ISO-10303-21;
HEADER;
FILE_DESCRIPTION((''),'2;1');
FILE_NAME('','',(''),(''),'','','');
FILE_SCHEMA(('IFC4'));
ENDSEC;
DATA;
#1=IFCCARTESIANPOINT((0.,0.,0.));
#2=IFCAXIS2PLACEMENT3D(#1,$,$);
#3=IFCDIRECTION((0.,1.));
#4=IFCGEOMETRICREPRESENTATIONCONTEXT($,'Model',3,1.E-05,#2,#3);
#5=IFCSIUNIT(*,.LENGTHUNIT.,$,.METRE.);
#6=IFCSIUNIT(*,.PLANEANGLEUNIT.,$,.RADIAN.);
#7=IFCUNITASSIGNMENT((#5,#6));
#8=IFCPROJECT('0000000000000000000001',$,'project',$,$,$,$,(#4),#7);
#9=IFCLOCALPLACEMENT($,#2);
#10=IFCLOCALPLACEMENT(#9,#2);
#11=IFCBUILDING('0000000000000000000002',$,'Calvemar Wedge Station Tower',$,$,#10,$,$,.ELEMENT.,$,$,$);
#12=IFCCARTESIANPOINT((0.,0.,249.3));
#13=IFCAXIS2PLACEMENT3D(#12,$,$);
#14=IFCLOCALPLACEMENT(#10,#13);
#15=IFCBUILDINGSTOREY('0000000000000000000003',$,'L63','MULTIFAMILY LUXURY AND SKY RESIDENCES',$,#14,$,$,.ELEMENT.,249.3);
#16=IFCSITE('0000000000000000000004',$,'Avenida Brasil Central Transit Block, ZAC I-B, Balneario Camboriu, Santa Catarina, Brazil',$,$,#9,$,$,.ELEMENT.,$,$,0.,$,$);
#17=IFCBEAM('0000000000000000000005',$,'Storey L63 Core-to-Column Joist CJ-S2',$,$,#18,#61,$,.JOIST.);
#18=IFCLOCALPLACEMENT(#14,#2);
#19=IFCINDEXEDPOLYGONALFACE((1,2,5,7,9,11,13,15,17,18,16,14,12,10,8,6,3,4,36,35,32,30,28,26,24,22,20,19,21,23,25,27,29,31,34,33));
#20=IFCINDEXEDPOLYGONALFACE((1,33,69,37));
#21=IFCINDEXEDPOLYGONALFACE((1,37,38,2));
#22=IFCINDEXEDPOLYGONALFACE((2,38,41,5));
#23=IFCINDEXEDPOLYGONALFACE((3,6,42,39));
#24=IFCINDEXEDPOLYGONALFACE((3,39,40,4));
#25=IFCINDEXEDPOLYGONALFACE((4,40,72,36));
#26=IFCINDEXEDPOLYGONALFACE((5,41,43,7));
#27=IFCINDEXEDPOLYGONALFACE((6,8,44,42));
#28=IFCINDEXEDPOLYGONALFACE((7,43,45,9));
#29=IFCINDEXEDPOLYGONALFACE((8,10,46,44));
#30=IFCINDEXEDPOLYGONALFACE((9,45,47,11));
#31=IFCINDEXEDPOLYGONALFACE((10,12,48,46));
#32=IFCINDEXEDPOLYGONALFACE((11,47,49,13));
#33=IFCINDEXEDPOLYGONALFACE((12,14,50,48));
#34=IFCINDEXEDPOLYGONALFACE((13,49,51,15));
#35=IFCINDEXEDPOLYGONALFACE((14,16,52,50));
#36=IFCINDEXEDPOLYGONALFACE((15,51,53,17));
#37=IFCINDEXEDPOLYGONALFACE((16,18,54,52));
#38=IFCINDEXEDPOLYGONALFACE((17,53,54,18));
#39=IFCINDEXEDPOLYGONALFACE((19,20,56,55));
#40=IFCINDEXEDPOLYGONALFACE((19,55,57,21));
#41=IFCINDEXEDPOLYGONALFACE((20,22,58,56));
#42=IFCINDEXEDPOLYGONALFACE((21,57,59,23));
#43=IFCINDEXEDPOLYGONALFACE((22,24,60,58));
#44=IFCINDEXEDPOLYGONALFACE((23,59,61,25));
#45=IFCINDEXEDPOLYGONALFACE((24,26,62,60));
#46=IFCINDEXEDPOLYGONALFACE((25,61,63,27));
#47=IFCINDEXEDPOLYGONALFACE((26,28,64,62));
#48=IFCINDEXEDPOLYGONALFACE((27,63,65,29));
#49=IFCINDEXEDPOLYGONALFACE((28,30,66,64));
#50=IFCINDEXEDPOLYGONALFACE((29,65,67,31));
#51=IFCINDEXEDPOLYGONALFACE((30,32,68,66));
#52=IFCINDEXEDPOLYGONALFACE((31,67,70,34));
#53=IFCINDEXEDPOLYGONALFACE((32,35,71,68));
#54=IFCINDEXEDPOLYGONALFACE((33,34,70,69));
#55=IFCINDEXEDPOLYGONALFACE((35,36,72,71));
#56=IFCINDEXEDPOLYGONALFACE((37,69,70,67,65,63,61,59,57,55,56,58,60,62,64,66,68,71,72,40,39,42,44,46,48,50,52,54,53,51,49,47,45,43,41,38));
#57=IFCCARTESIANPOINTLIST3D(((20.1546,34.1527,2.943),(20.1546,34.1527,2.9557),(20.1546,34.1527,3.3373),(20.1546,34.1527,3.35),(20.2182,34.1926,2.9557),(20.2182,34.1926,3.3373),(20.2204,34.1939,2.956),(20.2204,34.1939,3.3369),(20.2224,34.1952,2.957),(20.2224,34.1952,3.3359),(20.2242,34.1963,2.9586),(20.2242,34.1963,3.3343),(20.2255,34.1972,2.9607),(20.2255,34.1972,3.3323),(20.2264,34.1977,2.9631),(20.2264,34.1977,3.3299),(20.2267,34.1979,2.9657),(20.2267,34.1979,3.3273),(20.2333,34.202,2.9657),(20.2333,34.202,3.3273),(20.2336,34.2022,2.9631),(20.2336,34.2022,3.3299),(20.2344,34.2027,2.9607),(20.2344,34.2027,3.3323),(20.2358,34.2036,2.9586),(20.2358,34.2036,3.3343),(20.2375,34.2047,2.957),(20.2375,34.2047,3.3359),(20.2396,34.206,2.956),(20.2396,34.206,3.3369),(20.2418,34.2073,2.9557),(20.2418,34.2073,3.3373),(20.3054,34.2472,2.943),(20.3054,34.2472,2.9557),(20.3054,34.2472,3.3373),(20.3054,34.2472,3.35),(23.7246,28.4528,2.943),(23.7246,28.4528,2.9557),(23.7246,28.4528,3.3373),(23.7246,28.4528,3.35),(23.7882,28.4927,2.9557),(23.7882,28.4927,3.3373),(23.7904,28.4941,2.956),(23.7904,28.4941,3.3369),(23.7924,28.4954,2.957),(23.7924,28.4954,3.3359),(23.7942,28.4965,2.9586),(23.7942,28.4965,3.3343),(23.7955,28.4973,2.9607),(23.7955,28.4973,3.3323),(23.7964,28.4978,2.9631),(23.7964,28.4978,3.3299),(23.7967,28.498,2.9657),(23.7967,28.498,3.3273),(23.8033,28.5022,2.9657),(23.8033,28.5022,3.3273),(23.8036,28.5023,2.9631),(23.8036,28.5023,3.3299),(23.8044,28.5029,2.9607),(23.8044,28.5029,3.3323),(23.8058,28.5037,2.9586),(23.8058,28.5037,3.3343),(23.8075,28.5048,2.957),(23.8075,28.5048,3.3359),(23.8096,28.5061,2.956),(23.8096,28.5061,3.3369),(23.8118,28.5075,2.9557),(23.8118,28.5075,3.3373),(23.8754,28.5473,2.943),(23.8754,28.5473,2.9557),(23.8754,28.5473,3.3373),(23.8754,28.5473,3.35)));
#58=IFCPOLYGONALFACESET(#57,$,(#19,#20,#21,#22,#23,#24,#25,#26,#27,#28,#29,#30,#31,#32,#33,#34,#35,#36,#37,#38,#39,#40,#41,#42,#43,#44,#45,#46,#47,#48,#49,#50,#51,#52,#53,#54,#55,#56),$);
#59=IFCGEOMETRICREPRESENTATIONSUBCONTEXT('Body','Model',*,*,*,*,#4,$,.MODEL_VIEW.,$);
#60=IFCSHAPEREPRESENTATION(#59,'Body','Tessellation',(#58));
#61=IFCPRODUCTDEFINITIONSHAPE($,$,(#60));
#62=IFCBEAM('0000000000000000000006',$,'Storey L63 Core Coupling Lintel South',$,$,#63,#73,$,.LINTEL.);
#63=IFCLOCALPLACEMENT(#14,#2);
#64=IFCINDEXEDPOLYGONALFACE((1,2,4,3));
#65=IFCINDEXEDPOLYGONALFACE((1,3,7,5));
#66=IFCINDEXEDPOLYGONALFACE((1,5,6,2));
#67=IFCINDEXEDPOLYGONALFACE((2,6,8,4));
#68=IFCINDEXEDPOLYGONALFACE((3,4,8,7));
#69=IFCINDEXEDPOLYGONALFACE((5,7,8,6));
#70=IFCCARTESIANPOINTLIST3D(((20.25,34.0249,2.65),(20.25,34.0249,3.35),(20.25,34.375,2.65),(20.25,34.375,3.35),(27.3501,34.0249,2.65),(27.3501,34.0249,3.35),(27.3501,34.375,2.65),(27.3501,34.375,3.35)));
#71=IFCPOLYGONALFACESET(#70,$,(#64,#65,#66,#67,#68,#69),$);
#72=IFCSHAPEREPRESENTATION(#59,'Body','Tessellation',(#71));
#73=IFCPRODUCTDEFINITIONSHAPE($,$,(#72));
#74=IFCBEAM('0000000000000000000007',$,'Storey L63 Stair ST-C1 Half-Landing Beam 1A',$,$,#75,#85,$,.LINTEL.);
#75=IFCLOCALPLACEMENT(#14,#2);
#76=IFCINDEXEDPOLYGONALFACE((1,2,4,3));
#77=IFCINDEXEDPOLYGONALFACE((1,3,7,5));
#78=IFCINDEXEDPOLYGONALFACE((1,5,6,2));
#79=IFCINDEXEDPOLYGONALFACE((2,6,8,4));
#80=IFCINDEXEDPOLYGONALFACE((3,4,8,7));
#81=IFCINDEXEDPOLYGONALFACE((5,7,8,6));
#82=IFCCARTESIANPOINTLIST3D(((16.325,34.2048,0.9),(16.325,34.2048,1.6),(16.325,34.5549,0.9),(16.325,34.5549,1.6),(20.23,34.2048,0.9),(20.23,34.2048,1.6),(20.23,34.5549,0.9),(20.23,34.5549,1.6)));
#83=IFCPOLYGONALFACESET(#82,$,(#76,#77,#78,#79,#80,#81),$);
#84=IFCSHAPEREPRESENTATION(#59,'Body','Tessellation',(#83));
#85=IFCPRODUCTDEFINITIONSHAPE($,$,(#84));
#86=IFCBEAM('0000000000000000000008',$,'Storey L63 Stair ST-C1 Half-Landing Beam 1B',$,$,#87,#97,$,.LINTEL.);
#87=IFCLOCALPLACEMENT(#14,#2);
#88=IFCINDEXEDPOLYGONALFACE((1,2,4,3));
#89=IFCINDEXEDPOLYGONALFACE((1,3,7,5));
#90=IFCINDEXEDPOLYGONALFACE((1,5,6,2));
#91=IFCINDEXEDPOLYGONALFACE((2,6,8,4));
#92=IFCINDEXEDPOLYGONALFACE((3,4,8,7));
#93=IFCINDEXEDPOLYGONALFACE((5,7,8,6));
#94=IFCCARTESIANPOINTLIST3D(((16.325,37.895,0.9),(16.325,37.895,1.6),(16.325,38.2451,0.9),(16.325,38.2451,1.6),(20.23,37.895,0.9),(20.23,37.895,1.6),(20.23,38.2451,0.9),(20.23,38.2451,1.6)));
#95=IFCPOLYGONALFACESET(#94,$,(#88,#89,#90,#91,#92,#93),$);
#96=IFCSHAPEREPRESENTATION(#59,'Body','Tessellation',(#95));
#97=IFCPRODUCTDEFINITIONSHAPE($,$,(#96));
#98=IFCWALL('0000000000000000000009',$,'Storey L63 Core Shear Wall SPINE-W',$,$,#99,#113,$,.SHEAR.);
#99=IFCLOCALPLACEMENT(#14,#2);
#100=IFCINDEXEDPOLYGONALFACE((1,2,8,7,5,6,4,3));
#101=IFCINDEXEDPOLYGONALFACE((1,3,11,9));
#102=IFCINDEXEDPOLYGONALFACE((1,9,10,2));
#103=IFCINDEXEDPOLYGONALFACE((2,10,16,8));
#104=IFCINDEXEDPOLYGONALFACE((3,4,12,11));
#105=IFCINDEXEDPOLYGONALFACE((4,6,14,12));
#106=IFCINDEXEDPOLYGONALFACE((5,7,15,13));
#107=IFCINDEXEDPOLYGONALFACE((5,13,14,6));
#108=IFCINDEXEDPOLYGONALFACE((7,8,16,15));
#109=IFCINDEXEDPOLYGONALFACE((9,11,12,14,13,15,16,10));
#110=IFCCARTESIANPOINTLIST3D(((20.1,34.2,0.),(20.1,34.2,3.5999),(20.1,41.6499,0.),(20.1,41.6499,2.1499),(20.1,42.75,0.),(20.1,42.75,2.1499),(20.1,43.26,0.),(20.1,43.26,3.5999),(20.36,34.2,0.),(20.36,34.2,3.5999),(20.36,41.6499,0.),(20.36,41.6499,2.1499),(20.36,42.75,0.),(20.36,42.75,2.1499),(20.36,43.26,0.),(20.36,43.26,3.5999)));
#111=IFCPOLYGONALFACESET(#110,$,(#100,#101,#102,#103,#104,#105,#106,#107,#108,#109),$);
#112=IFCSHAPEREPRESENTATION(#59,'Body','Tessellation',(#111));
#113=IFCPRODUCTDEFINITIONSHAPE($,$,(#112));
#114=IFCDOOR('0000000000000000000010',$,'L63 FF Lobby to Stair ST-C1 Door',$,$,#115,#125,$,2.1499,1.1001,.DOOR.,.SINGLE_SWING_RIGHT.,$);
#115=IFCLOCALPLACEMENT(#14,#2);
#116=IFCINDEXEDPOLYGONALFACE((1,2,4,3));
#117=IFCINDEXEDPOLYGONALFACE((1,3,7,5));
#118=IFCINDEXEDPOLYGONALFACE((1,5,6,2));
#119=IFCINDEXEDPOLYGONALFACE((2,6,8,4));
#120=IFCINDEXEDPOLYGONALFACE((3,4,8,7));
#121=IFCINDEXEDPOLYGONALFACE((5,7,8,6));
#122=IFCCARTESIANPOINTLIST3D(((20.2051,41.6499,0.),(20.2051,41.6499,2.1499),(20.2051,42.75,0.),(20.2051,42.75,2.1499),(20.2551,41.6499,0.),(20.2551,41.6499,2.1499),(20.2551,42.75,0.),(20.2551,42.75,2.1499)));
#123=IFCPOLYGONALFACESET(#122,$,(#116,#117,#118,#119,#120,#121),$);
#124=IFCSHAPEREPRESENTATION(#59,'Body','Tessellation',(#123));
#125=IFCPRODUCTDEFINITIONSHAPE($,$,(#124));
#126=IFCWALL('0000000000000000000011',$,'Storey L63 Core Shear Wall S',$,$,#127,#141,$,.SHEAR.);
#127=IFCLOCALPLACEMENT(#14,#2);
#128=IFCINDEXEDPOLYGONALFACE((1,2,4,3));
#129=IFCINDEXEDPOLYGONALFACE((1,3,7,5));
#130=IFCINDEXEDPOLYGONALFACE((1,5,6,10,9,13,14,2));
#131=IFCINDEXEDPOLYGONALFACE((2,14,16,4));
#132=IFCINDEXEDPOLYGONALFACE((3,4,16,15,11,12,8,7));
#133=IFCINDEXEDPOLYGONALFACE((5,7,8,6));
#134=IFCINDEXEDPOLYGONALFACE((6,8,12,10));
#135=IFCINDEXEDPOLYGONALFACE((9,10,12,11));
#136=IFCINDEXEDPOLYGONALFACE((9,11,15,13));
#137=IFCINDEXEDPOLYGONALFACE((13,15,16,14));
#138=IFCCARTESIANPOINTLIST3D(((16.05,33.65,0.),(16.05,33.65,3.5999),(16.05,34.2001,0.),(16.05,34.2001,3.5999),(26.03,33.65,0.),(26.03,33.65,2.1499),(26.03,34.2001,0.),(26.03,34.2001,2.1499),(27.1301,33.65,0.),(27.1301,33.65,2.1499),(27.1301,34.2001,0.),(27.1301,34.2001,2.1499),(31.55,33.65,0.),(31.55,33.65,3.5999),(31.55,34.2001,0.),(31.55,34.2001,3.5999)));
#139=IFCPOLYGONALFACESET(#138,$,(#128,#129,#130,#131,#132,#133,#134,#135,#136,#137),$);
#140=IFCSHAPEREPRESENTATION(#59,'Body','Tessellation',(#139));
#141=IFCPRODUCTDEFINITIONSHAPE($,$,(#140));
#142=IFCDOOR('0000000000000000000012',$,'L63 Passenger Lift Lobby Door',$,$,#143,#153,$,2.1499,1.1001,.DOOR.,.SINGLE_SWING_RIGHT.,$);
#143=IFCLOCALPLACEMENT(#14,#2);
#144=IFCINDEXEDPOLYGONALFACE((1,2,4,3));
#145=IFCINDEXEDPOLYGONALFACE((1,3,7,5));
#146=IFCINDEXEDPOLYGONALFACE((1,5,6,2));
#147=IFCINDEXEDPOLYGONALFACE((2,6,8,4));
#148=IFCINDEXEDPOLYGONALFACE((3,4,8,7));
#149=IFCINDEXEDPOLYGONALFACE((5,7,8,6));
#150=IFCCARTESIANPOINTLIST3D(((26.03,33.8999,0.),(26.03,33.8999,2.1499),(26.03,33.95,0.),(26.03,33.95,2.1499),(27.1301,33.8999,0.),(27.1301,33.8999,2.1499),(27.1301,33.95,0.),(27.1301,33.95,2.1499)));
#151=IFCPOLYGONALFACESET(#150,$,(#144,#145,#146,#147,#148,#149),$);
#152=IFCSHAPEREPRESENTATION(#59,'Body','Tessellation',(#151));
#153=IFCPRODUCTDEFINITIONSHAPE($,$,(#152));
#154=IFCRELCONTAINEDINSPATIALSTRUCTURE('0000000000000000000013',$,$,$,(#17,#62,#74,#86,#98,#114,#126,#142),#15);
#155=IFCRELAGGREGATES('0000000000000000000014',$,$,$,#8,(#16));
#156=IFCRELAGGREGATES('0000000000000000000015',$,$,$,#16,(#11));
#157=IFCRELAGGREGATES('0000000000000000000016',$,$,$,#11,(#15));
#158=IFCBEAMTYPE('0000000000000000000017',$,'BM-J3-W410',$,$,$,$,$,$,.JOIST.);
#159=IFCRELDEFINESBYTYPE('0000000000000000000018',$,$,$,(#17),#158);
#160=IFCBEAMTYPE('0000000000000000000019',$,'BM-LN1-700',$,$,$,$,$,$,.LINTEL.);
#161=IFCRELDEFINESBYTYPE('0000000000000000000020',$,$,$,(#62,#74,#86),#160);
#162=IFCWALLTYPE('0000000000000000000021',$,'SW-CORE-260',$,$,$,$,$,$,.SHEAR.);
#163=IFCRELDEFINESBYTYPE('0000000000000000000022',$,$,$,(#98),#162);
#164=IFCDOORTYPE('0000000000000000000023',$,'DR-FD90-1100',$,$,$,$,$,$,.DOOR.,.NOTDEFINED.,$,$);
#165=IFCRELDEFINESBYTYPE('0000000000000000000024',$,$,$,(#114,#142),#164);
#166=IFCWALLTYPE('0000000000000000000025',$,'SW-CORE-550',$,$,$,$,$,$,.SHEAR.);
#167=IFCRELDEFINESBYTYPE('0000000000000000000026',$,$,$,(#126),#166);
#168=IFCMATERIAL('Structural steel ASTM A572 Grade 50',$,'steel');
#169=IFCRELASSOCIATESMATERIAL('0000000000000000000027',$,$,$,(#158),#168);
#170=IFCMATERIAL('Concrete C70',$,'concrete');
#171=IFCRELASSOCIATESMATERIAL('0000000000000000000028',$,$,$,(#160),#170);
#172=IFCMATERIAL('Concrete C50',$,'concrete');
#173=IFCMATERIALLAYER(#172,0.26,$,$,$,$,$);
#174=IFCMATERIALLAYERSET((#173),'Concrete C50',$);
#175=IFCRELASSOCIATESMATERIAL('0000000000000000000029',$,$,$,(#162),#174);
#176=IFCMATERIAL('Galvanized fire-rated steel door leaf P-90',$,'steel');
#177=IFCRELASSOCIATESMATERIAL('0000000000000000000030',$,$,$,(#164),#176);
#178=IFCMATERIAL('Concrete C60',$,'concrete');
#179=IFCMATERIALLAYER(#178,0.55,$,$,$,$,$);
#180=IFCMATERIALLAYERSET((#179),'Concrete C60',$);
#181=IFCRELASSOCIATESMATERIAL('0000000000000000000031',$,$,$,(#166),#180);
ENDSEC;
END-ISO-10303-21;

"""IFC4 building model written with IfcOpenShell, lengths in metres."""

from ifc_helpers import new_model, si_unit, direction, frame, frame_2d, origin, origin_2d, place, context, subcontext, project, spatial, rectangle, i_section, extrude, source, transform, mapped, material, layer, layer_set, material_profile, profile_set, type_object, element, fill, save


model = new_model("IFC4")

# Units and contexts
model_context = context("Model", 3, precision=1e-05, world=origin(), true_north=direction((0.0, 1.0)))
body_context = subcontext(model_context, "Body", "Model", "MODEL_VIEW")
ifc_project = project(units=[si_unit("LENGTHUNIT", "METRE"), si_unit("PLANEANGLEUNIT", "RADIAN")], contexts=[model_context])

# Site, building, storey
site_placement = place(None, origin())
site = spatial("IfcSite", under=ifc_project, at=site_placement, Name="Avenida Brasil Central Transit Block, ZAC I-B, Balneario Camboriu, Santa Catarina, Brazil", CompositionType="ELEMENT", RefElevation=0.0)
building_placement = place(site_placement, origin())
building = spatial("IfcBuilding", under=site, at=building_placement, Name="Calvemar Wedge Station Tower", CompositionType="ELEMENT")
storey_placement = place(building_placement, frame((0.0, 0.0, 249.3)))
storey = spatial("IfcBuildingStorey", under=building, at=storey_placement, Name="L63", Description="MULTIFAMILY LUXURY AND SKY RESIDENCES", CompositionType="ELEMENT", Elevation=249.3)

# Beams
ifc_material_1 = material(Name="Structural steel ASTM A572 Grade 50", Category="steel")
ifc_material_profile_1 = material_profile(ifc_material_1, i_section(OverallWidth=0.178, OverallDepth=0.407, WebThickness=0.0078, FlangeThickness=0.0127, FilletRadius=0.01, at=origin_2d()), Name="W410x60")
ifc_profile_set_1 = profile_set([ifc_material_profile_1], Name="Structural steel ASTM A572 Grade 50")
beam_type_1 = type_object("IfcBeamType", Name="BM-J3-W410", PredefinedType="JOIST", material=ifc_profile_set_1)
shared_shape_1 = source(origin(), body_context, "Body", "SweptSolid", [
    extrude(i_section(OverallWidth=0.178, OverallDepth=0.407, WebThickness=0.0078, FlangeThickness=0.0127, FilletRadius=0.01, at=origin_2d()), origin(), (0.0, 0.0, 1.0), 6.7256),
])
beam_1_placement = place(storey_placement, frame((20.23, 34.2, 3.1465), z_axis=(0.530811, -0.84749, 0.0), x_axis=(0.84749, 0.530811, 0.0)))
element("IfcBeam", 1, at=beam_1_placement, inside=storey, type_object=beam_type_1, Name="Storey L63 Core-to-Column Joist CJ-S2", PredefinedType="JOIST", context=body_context, shape_type="MappedRepresentation", body=[
    mapped(shared_shape_1, transform((0.0, 0.0, 0.0), scale=1.0)),
])
ifc_material_2 = material(Name="Concrete C70", Category="concrete")
ifc_material_profile_2 = material_profile(ifc_material_2, rectangle(XDim=0.3501, YDim=0.7, at=origin_2d()), Name="RC350x700")
ifc_profile_set_2 = profile_set([ifc_material_profile_2], Name="Concrete C70")
beam_type_2 = type_object("IfcBeamType", Name="BM-LN1-700", PredefinedType="LINTEL", material=ifc_profile_set_2)
shared_shape_2 = source(origin(), body_context, "Body", "SweptSolid", [
    extrude(rectangle(XDim=0.3501, YDim=0.7, at=origin_2d()), origin(), (0.0, 0.0, 1.0), 7.1001),
])
beam_2_placement = place(storey_placement, frame((20.25, 34.2, 3.0), z_axis=(1.0, 0.0, 0.0), x_axis=(0.0, 1.0, 0.0)))
element("IfcBeam", 2, at=beam_2_placement, inside=storey, type_object=beam_type_2, Name="Storey L63 Core Coupling Lintel South", PredefinedType="LINTEL", context=body_context, shape_type="MappedRepresentation", body=[
    mapped(shared_shape_2, transform((0.0, 0.0, 0.0), scale=1.0)),
])
shared_shape_3 = source(origin(), body_context, "Body", "SweptSolid", [
    extrude(rectangle(XDim=0.3501, YDim=0.7, at=origin_2d()), origin(), (0.0, 0.0, 1.0), 3.905),
])
for number, where, z_axis, x_axis, name in (
    (3, (16.325, 34.3799, 1.25), (1.0, 0.0, 0.0), (0.0, 1.0, 0.0), "Storey L63 Stair ST-C1 Half-Landing Beam 1A"),
    (4, (16.325, 38.0701, 1.25), (1.0, 0.0, 0.0), (0.0, 1.0, 0.0), "Storey L63 Stair ST-C1 Half-Landing Beam 1B"),
):
    element("IfcBeam", number, at=place(storey_placement, frame(where, z_axis=z_axis, x_axis=x_axis)), inside=storey, type_object=beam_type_2, Name=name, PredefinedType="LINTEL", context=body_context, shape_type="MappedRepresentation", body=[
        mapped(shared_shape_3, transform((0.0, 0.0, 0.0), scale=1.0)),
    ])

# Walls, openings, doors
ifc_material_3 = material(Name="Concrete C50", Category="concrete")
ifc_layer_1 = layer(ifc_material_3, 0.26)
ifc_layer_set_1 = layer_set([ifc_layer_1], Name="Concrete C50")
wall_type_1 = type_object("IfcWallType", Name="SW-CORE-260", PredefinedType="SHEAR", material=ifc_layer_set_1)
wall_1_placement = place(storey_placement, frame((20.23, 34.2, 0.0), z_axis=(0.0, 0.0, 1.0), x_axis=(0.0, 1.0, 0.0)))
wall_1 = element("IfcWall", 5, at=wall_1_placement, inside=storey, type_object=wall_type_1, Name="Storey L63 Core Shear Wall SPINE-W", PredefinedType="SHEAR", context=body_context, shape_type="SweptSolid", body=[
    extrude(rectangle(XDim=9.0601, YDim=0.26, at=frame_2d((4.53, 0.0))), origin(), (0.0, 0.0, 1.0), 3.5999),
])
shared_shape_4 = source(origin(), body_context, "Body", "SweptSolid", [
    extrude(rectangle(XDim=1.1001, YDim=2.1499, at=frame_2d((0.55, 1.075))), frame((0.0, 0.1401, 0.0), z_axis=(0.0, -1.0, 0.0), x_axis=(1.0, 0.0, 0.0)), (0.0, 0.0, 1.0), 0.28),
])
opening_1_placement = place(wall_1_placement, frame((7.45, 0.0, 0.0)))
opening_1 = element("IfcOpeningElement", 6, at=opening_1_placement, cuts=wall_1, PredefinedType="OPENING", context=body_context, shape_type="MappedRepresentation", body=[
    mapped(shared_shape_4, transform((0.0, 0.0, 0.0), scale=1.0)),
])
ifc_material_4 = material(Name="Galvanized fire-rated steel door leaf P-90", Category="steel")
door_type_1 = type_object("IfcDoorType", Name="DR-FD90-1100", OperationType="NOTDEFINED", PredefinedType="DOOR", material=ifc_material_4)
shared_shape_5 = source(origin(), body_context, "Body", "SweptSolid", [
    extrude(rectangle(XDim=1.1001, YDim=2.1499, at=frame_2d((0.55, 1.075))), frame((0.0, 0.0249, 0.0), z_axis=(0.0, -1.0, 0.0), x_axis=(1.0, 0.0, 0.0)), (0.0, 0.0, 1.0), 0.05),
])
door_1_placement = place(opening_1_placement, origin())
door_1 = element("IfcDoor", 7, at=door_1_placement, inside=storey, type_object=door_type_1, Name="L63 FF Lobby to Stair ST-C1 Door", OperationType="SINGLE_SWING_RIGHT", OverallHeight=2.1499, OverallWidth=1.1001, PredefinedType="DOOR", context=body_context, shape_type="MappedRepresentation", body=[
    mapped(shared_shape_5, transform((0.0, 0.0, 0.0), scale=1.0)),
])
fill(opening_1, door_1)
ifc_material_5 = material(Name="Concrete C60", Category="concrete")
ifc_layer_2 = layer(ifc_material_5, 0.55)
ifc_layer_set_2 = layer_set([ifc_layer_2], Name="Concrete C60")
wall_type_2 = type_object("IfcWallType", Name="SW-CORE-550", PredefinedType="SHEAR", material=ifc_layer_set_2)
wall_2_placement = place(storey_placement, frame((16.05, 33.925, 0.0), z_axis=(0.0, 0.0, 1.0), x_axis=(1.0, 0.0, 0.0)))
wall_2 = element("IfcWall", 8, at=wall_2_placement, inside=storey, type_object=wall_type_2, Name="Storey L63 Core Shear Wall S", PredefinedType="SHEAR", context=body_context, shape_type="SweptSolid", body=[
    extrude(rectangle(XDim=15.5, YDim=0.55, at=frame_2d((7.75, 0.0))), origin(), (0.0, 0.0, 1.0), 3.5999),
])
shared_shape_6 = source(origin(), body_context, "Body", "SweptSolid", [
    extrude(rectangle(XDim=1.1001, YDim=2.1499, at=frame_2d((0.55, 1.075))), frame((0.0, 0.2852, 0.0), z_axis=(0.0, -1.0, 0.0), x_axis=(1.0, 0.0, 0.0)), (0.0, 0.0, 1.0), 0.5701),
])
opening_2_placement = place(wall_2_placement, frame((9.98, 0.0, 0.0)))
opening_2 = element("IfcOpeningElement", 9, at=opening_2_placement, cuts=wall_2, PredefinedType="OPENING", context=body_context, shape_type="MappedRepresentation", body=[
    mapped(shared_shape_6, transform((0.0, 0.0, 0.0), scale=1.0)),
])
door_2_placement = place(opening_2_placement, origin())
door_2 = element("IfcDoor", 10, at=door_2_placement, inside=storey, type_object=door_type_1, Name="L63 Passenger Lift Lobby Door", OperationType="SINGLE_SWING_RIGHT", OverallHeight=2.1499, OverallWidth=1.1001, PredefinedType="DOOR", context=body_context, shape_type="MappedRepresentation", body=[
    mapped(shared_shape_5, transform((0.0, 0.0, 0.0), scale=1.0)),
])
fill(opening_2, door_2)

save(model, "model.ifc")
